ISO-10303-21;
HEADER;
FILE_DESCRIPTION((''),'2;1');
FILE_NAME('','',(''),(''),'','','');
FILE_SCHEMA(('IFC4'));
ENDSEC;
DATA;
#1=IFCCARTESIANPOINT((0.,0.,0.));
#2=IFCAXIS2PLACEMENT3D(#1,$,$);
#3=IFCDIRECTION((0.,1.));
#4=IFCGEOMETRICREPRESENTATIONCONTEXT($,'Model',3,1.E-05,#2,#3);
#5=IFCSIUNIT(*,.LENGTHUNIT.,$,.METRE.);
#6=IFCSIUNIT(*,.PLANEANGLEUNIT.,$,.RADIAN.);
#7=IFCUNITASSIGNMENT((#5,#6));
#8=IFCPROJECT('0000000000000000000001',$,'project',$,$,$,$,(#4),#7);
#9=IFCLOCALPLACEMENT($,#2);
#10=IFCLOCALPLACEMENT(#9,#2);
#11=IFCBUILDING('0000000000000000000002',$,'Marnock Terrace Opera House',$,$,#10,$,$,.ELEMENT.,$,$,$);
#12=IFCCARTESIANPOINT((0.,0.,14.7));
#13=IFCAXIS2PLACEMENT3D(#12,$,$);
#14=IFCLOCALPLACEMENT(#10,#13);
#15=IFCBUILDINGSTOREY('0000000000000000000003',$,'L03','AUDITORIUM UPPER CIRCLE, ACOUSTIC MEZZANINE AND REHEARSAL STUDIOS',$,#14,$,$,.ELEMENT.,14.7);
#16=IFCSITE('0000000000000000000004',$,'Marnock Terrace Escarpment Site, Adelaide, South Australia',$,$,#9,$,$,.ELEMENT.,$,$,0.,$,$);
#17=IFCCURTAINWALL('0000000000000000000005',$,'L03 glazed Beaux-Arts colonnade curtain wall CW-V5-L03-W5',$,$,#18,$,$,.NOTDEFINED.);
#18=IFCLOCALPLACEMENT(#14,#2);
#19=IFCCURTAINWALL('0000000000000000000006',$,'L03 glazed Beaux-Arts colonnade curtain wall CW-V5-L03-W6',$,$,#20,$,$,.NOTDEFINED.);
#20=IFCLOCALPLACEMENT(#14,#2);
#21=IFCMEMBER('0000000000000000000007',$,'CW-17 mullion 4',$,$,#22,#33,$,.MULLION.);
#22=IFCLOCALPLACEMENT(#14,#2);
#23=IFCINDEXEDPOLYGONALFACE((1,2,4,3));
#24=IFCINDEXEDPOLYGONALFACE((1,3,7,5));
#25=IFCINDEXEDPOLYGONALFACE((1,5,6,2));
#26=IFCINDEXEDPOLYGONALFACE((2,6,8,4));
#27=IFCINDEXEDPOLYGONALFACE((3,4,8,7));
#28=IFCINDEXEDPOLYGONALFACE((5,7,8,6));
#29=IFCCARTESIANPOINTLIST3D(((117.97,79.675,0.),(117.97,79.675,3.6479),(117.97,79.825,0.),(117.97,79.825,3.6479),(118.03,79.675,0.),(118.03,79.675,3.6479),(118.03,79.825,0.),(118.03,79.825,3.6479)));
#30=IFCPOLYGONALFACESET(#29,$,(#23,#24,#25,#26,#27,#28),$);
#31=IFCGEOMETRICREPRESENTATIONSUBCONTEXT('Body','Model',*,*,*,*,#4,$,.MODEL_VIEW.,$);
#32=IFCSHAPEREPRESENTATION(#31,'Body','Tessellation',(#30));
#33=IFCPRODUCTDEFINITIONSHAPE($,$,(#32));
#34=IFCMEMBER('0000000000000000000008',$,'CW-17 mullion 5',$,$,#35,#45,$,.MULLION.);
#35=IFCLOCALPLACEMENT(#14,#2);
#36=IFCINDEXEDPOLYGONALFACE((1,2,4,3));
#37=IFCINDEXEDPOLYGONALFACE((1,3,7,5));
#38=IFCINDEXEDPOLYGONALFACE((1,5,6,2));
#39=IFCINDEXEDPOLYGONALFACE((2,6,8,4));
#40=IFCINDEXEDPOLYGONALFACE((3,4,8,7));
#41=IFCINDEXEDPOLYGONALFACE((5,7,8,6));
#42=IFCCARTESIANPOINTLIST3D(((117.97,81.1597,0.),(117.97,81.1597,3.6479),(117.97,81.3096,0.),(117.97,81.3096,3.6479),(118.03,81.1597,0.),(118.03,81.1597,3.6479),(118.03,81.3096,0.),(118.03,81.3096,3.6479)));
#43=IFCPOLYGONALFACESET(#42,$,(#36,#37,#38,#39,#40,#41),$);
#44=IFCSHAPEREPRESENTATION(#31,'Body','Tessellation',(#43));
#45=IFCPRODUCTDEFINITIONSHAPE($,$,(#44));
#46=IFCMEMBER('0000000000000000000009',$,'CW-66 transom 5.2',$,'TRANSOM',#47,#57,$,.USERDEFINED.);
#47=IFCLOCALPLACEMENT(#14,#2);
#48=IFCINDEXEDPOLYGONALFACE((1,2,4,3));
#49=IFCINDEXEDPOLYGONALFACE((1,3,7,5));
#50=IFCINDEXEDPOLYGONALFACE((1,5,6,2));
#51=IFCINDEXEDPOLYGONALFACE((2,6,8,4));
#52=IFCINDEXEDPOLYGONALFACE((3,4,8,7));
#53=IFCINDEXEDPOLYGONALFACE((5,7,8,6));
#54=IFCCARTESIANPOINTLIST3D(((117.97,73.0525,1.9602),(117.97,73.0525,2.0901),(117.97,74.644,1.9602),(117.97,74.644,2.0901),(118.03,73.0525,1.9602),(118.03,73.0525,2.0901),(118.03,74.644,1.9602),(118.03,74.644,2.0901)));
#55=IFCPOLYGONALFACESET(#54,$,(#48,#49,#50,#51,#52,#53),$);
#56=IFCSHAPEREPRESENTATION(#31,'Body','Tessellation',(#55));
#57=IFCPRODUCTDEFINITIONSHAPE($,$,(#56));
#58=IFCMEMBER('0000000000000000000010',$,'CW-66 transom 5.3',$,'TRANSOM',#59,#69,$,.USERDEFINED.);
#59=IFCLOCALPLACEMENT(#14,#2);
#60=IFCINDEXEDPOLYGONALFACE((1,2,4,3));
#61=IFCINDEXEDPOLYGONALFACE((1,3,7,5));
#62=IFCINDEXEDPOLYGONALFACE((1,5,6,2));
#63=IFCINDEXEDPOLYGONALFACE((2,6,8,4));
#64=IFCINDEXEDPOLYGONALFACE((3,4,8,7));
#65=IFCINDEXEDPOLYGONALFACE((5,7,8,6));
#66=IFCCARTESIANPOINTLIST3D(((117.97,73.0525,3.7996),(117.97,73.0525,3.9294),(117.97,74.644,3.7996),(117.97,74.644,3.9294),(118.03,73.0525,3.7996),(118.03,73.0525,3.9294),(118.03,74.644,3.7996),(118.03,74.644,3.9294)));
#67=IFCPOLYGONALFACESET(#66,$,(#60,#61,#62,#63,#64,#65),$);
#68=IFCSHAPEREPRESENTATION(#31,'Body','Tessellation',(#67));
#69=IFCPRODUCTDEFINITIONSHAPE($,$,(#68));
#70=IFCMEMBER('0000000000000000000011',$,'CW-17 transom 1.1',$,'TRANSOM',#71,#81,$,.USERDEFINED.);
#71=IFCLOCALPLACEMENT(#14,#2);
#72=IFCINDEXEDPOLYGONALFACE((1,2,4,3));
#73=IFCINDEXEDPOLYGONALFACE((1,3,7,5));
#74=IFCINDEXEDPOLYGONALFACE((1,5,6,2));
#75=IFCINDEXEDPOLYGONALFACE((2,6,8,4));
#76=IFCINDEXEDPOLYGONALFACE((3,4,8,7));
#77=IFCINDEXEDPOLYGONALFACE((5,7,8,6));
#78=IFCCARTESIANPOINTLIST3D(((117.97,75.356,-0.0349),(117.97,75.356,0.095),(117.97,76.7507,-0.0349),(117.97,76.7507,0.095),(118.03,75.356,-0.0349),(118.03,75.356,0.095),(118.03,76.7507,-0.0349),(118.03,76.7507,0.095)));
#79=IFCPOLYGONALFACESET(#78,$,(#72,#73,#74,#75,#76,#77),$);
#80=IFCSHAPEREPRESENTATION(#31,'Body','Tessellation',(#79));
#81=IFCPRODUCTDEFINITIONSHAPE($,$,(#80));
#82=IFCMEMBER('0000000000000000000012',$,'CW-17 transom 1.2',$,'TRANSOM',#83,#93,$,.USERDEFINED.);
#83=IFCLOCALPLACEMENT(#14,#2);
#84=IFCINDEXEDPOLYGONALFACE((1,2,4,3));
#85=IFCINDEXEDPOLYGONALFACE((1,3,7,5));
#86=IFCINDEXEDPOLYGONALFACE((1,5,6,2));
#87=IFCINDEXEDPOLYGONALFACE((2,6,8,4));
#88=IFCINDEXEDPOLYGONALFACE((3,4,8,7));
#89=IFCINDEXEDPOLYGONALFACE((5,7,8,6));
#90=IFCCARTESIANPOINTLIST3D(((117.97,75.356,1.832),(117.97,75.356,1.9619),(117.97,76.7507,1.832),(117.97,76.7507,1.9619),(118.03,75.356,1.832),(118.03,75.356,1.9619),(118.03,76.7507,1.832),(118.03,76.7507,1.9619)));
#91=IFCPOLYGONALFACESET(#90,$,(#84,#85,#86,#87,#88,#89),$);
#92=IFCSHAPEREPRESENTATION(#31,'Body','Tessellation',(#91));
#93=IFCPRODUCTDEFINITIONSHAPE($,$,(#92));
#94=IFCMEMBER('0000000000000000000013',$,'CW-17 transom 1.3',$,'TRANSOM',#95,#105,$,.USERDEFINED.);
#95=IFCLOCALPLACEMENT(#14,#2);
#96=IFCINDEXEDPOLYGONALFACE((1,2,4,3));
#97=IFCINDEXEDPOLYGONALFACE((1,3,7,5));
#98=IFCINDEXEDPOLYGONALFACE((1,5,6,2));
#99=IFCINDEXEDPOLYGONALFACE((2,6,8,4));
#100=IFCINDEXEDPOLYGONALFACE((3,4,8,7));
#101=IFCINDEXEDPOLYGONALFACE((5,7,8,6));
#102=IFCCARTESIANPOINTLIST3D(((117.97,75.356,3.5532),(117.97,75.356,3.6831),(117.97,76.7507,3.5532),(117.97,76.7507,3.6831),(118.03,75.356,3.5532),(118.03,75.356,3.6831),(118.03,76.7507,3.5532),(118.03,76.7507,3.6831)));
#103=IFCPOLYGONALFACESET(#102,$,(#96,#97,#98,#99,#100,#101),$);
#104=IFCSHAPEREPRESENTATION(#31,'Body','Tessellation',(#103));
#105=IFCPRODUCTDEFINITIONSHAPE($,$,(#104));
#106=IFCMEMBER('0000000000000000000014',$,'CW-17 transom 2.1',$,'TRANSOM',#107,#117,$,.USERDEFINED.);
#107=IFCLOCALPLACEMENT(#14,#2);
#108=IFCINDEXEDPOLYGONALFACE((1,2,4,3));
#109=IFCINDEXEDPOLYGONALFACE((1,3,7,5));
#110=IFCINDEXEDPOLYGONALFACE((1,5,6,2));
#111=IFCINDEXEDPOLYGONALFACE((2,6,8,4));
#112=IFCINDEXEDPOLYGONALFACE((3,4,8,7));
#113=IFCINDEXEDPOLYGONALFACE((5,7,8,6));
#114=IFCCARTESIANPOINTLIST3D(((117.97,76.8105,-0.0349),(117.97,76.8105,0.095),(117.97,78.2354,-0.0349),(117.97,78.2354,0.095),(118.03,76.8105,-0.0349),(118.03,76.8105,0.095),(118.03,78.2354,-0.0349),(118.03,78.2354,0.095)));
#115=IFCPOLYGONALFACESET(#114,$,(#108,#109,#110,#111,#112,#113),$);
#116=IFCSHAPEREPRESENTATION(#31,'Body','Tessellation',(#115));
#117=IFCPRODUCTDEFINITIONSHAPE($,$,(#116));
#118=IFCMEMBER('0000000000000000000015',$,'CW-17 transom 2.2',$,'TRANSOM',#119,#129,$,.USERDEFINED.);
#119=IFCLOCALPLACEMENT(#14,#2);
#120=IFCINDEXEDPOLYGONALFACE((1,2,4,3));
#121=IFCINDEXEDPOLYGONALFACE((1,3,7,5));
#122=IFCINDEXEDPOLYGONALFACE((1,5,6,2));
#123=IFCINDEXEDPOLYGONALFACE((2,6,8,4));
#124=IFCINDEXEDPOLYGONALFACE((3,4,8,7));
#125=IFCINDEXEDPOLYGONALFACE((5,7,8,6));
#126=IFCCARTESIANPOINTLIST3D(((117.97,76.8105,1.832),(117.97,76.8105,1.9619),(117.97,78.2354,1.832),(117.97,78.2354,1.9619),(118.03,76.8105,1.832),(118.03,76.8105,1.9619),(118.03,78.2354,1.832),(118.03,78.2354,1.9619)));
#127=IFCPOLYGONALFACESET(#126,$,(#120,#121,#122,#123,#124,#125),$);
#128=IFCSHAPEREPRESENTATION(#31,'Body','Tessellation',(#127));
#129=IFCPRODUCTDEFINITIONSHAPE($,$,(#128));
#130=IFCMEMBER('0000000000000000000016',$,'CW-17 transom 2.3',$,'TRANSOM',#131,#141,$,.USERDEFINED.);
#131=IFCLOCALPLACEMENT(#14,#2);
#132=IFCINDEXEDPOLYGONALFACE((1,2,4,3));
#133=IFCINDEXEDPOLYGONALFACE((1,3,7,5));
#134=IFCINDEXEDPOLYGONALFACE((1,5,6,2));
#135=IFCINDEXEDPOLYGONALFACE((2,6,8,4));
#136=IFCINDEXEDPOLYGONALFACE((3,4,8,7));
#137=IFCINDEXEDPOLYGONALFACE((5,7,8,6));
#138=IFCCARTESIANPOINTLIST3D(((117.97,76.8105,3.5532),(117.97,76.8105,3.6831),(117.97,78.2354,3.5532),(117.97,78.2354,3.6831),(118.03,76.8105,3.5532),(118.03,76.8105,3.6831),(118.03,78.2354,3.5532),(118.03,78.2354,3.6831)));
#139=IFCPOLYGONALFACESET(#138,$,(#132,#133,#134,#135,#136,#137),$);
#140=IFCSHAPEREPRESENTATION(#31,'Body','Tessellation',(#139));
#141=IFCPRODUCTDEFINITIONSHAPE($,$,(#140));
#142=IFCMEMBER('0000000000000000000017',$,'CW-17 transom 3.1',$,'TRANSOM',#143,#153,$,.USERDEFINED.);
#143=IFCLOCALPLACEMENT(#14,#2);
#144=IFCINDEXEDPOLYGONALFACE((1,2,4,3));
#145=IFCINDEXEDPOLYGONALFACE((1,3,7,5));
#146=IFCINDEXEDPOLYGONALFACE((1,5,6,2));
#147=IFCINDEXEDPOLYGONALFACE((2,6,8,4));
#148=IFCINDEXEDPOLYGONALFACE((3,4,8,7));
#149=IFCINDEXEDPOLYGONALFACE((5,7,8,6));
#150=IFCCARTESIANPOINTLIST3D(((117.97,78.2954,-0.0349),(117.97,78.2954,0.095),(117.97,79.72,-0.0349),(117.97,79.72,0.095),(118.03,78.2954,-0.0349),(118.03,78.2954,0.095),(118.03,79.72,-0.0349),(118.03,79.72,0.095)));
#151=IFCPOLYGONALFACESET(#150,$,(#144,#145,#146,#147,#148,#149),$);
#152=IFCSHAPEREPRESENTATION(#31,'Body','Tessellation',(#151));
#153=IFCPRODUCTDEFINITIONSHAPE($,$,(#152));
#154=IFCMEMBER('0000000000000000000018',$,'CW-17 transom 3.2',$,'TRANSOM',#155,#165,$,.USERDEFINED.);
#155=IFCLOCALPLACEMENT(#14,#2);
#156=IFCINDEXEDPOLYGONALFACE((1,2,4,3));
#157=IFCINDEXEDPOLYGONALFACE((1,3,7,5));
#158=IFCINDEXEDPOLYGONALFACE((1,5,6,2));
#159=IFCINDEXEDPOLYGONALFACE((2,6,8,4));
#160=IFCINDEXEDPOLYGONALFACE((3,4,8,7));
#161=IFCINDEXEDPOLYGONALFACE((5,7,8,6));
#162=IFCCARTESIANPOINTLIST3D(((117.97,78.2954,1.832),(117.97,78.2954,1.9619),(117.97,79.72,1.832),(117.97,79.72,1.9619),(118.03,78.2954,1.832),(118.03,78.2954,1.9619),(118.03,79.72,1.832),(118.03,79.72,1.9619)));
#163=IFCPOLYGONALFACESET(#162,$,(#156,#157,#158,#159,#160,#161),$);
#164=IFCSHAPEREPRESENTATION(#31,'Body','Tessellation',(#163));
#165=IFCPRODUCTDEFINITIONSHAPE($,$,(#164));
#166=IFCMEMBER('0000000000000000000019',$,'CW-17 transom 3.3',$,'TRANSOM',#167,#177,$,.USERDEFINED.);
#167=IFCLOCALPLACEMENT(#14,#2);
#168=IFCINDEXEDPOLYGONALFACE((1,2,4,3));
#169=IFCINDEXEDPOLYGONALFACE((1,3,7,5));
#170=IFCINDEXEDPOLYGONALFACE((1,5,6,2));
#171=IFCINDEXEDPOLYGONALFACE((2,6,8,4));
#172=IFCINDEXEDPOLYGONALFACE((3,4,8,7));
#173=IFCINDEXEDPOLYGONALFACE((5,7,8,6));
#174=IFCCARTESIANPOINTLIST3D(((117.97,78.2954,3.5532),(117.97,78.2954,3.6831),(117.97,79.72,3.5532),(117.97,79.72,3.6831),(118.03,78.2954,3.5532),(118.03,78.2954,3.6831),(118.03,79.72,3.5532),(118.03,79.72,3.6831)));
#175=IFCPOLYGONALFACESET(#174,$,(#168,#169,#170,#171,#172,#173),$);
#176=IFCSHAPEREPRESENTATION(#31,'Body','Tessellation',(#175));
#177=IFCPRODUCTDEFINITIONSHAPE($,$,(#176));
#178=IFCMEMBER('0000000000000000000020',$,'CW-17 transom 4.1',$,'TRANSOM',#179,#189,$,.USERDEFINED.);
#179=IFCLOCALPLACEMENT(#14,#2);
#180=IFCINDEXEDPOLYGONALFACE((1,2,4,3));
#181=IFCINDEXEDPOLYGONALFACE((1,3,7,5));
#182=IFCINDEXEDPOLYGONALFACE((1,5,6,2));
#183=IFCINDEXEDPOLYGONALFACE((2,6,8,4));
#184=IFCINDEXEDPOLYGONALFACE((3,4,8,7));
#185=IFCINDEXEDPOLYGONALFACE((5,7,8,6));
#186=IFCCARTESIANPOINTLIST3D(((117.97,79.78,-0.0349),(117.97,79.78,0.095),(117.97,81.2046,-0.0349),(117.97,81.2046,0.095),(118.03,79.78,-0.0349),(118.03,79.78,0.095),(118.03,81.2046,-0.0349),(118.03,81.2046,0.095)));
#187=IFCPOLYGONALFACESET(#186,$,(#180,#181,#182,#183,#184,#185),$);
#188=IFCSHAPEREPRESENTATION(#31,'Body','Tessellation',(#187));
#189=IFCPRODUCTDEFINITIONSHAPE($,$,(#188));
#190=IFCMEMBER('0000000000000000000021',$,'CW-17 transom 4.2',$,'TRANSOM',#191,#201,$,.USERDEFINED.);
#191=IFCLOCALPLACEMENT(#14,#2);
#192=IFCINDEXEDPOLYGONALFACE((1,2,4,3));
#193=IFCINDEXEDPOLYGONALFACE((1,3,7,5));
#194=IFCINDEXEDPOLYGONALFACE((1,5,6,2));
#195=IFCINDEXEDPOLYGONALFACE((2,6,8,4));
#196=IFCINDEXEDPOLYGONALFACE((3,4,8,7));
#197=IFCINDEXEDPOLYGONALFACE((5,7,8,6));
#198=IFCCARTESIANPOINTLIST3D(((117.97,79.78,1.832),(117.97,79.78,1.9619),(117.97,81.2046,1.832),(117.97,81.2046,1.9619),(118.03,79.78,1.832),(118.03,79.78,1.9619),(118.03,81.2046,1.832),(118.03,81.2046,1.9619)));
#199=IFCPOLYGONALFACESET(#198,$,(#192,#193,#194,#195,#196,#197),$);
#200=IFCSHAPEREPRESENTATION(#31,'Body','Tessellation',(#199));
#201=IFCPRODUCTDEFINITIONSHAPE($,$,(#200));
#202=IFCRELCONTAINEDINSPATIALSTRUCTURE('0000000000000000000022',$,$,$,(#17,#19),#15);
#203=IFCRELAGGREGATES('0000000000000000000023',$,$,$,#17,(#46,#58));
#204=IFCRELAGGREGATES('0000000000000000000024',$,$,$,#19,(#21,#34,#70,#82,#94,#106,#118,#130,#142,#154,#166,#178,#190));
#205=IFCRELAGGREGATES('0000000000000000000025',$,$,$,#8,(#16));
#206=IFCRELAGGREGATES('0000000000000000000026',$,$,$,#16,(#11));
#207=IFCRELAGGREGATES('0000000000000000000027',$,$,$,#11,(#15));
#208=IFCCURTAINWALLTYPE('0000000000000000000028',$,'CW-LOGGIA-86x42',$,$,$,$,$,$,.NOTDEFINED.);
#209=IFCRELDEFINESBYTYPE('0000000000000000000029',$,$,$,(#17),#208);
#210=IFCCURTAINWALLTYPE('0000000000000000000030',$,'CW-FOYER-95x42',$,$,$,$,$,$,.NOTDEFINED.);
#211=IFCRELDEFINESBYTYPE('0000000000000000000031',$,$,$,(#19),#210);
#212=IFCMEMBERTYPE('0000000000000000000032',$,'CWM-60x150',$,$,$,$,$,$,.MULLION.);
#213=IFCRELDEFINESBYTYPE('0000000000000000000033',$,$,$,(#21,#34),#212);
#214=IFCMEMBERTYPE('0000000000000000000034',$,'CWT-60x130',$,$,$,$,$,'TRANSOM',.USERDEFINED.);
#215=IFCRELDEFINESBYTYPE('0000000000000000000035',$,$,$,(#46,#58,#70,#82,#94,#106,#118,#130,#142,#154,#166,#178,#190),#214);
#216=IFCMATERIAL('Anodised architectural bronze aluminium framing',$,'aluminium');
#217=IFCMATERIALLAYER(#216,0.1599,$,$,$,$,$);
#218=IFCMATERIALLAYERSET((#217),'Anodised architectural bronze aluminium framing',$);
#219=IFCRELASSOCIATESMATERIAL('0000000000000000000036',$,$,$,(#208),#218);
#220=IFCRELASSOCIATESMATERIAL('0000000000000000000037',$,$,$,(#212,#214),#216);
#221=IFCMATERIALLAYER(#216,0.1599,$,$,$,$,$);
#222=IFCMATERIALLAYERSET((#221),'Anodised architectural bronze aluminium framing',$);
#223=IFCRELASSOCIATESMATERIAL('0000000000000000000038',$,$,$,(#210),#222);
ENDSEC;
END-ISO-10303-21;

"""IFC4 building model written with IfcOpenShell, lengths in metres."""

from ifc_helpers import new_model, si_unit, direction, frame, origin, origin_2d, place, context, subcontext, project, spatial, rectangle, extrude, material, layer, layer_set, material_profile, profile_set, type_object, element, aggregate, save


model = new_model("IFC4")

# Units and contexts
model_context = context("Model", 3, precision=1e-05, world=origin(), true_north=direction((0.0, 1.0)))
body_context = subcontext(model_context, "Body", "Model", "MODEL_VIEW")
ifc_project = project(units=[si_unit("LENGTHUNIT", "METRE"), si_unit("PLANEANGLEUNIT", "RADIAN")], contexts=[model_context])

# Site, building, storey
site_placement = place(None, origin())
site = spatial("IfcSite", under=ifc_project, at=site_placement, Name="Marnock Terrace Escarpment Site, Adelaide, South Australia", CompositionType="ELEMENT", RefElevation=0.0)
building_placement = place(site_placement, origin())
building = spatial("IfcBuilding", under=site, at=building_placement, Name="Marnock Terrace Opera House", CompositionType="ELEMENT")
storey_placement = place(building_placement, frame((0.0, 0.0, 14.7)))
storey = spatial("IfcBuildingStorey", under=building, at=storey_placement, Name="L03", Description="AUDITORIUM UPPER CIRCLE, ACOUSTIC MEZZANINE AND REHEARSAL STUDIOS", CompositionType="ELEMENT", Elevation=14.7)

# Curtain wall
ifc_material_1 = material(Name="Anodised architectural bronze aluminium framing", Category="aluminium")
ifc_layer_1 = layer(ifc_material_1, 0.1599)
ifc_layer_set_1 = layer_set([ifc_layer_1], Name="Anodised architectural bronze aluminium framing")
curtain_wall_type_1 = type_object("IfcCurtainWallType", Name="CW-LOGGIA-86x42", PredefinedType="NOTDEFINED", material=ifc_layer_set_1)
curtain_wall_1_placement = place(storey_placement, origin())
curtain_wall_1 = element("IfcCurtainWall", 1, at=curtain_wall_1_placement, inside=storey, type_object=curtain_wall_type_1, Name="L03 glazed Beaux-Arts colonnade curtain wall CW-V5-L03-W5", PredefinedType="NOTDEFINED")
ifc_material_profile_1 = material_profile(ifc_material_1, rectangle(XDim=0.0601, YDim=0.1499, at=origin_2d()))
ifc_profile_set_1 = profile_set([ifc_material_profile_1], Name="Anodised architectural bronze aluminium framing")
member_type_1 = type_object("IfcMemberType", Name="CWM-60x150", PredefinedType="MULLION", material=ifc_profile_set_1)

# Curtain wall, members
ifc_layer_2 = layer(ifc_material_1, 0.1599)
ifc_layer_set_2 = layer_set([ifc_layer_2], Name="Anodised architectural bronze aluminium framing")
curtain_wall_type_2 = type_object("IfcCurtainWallType", Name="CW-FOYER-95x42", PredefinedType="NOTDEFINED", material=ifc_layer_set_2)
curtain_wall_2_placement = place(storey_placement, origin())
curtain_wall_2 = element("IfcCurtainWall", 2, at=curtain_wall_2_placement, inside=storey, type_object=curtain_wall_type_2, Name="L03 glazed Beaux-Arts colonnade curtain wall CW-V5-L03-W6", PredefinedType="NOTDEFINED")
member_1_placement = place(storey_placement, frame((118.0, 79.75, 0.0), z_axis=(0.0, 0.0, 1.0), x_axis=(-1.0, 0.0, 0.0)))
member_1 = element("IfcMember", 3, at=member_1_placement, type_object=member_type_1, Name="CW-17 mullion 4", PredefinedType="MULLION", context=body_context, shape_type="SweptSolid", body=[
    extrude(rectangle(XDim=0.0601, YDim=0.1499, at=origin_2d()), origin(), (0.0, 0.0, 1.0), 3.6479),
])
member_2_placement = place(storey_placement, frame((118.0, 81.2346, 0.0), z_axis=(0.0, 0.0, 1.0), x_axis=(-1.0, 0.0, 0.0)))
member_2 = element("IfcMember", 4, at=member_2_placement, type_object=member_type_1, Name="CW-17 mullion 5", PredefinedType="MULLION", context=body_context, shape_type="SweptSolid", body=[
    extrude(rectangle(XDim=0.0601, YDim=0.1499, at=origin_2d()), origin(), (0.0, 0.0, 1.0), 3.6479),
])

# Members
ifc_material_profile_2 = material_profile(ifc_material_1, rectangle(XDim=0.0601, YDim=0.1299, at=origin_2d()))
ifc_profile_set_2 = profile_set([ifc_material_profile_2], Name="Anodised architectural bronze aluminium framing")
member_type_2 = type_object("IfcMemberType", Name="CWT-60x130", ElementType="TRANSOM", PredefinedType="USERDEFINED", material=ifc_profile_set_2)
member_3_placement = place(storey_placement, frame((118.0, 73.0525, 2.0251), z_axis=(0.0, 1.0, 0.0), x_axis=(-1.0, 0.0, 0.0)))
member_3 = element("IfcMember", 5, at=member_3_placement, type_object=member_type_2, Name="CW-66 transom 5.2", ObjectType="TRANSOM", PredefinedType="USERDEFINED", context=body_context, shape_type="SweptSolid", body=[
    extrude(rectangle(XDim=0.0601, YDim=0.1299, at=origin_2d()), origin(), (0.0, 0.0, 1.0), 1.5916),
])
member_4_placement = place(storey_placement, frame((118.0, 73.0525, 3.8645), z_axis=(0.0, 1.0, 0.0), x_axis=(-1.0, 0.0, 0.0)))
member_4 = element("IfcMember", 6, at=member_4_placement, type_object=member_type_2, Name="CW-66 transom 5.3", ObjectType="TRANSOM", PredefinedType="USERDEFINED", context=body_context, shape_type="SweptSolid", body=[
    extrude(rectangle(XDim=0.0601, YDim=0.1299, at=origin_2d()), origin(), (0.0, 0.0, 1.0), 1.5916),
])
member_5_placement = place(storey_placement, frame((118.0, 75.356, 0.03), z_axis=(0.0, 1.0, 0.0), x_axis=(-1.0, 0.0, 0.0)))
member_5 = element("IfcMember", 7, at=member_5_placement, type_object=member_type_2, Name="CW-17 transom 1.1", ObjectType="TRANSOM", PredefinedType="USERDEFINED", context=body_context, shape_type="SweptSolid", body=[
    extrude(rectangle(XDim=0.0601, YDim=0.1299, at=origin_2d()), origin(), (0.0, 0.0, 1.0), 1.3948),
])
member_6_placement = place(storey_placement, frame((118.0, 75.356, 1.897), z_axis=(0.0, 1.0, 0.0), x_axis=(-1.0, 0.0, 0.0)))
member_6 = element("IfcMember", 8, at=member_6_placement, type_object=member_type_2, Name="CW-17 transom 1.2", ObjectType="TRANSOM", PredefinedType="USERDEFINED", context=body_context, shape_type="SweptSolid", body=[
    extrude(rectangle(XDim=0.0601, YDim=0.1299, at=origin_2d()), origin(), (0.0, 0.0, 1.0), 1.3948),
])
member_7_placement = place(storey_placement, frame((118.0, 75.356, 3.6182), z_axis=(0.0, 1.0, 0.0), x_axis=(-1.0, 0.0, 0.0)))
member_7 = element("IfcMember", 9, at=member_7_placement, type_object=member_type_2, Name="CW-17 transom 1.3", ObjectType="TRANSOM", PredefinedType="USERDEFINED", context=body_context, shape_type="SweptSolid", body=[
    extrude(rectangle(XDim=0.0601, YDim=0.1299, at=origin_2d()), origin(), (0.0, 0.0, 1.0), 1.3948),
])
member_8_placement = place(storey_placement, frame((118.0, 76.8105, 0.03), z_axis=(0.0, 1.0, 0.0), x_axis=(-1.0, 0.0, 0.0)))
member_8 = element("IfcMember", 10, at=member_8_placement, type_object=member_type_2, Name="CW-17 transom 2.1", ObjectType="TRANSOM", PredefinedType="USERDEFINED", context=body_context, shape_type="SweptSolid", body=[
    extrude(rectangle(XDim=0.0601, YDim=0.1299, at=origin_2d()), origin(), (0.0, 0.0, 1.0), 1.4248),
])
member_9_placement = place(storey_placement, frame((118.0, 76.8105, 1.897), z_axis=(0.0, 1.0, 0.0), x_axis=(-1.0, 0.0, 0.0)))
member_9 = element("IfcMember", 11, at=member_9_placement, type_object=member_type_2, Name="CW-17 transom 2.2", ObjectType="TRANSOM", PredefinedType="USERDEFINED", context=body_context, shape_type="SweptSolid", body=[
    extrude(rectangle(XDim=0.0601, YDim=0.1299, at=origin_2d()), origin(), (0.0, 0.0, 1.0), 1.4248),
])
member_10_placement = place(storey_placement, frame((118.0, 76.8105, 3.6182), z_axis=(0.0, 1.0, 0.0), x_axis=(-1.0, 0.0, 0.0)))
member_10 = element("IfcMember", 12, at=member_10_placement, type_object=member_type_2, Name="CW-17 transom 2.3", ObjectType="TRANSOM", PredefinedType="USERDEFINED", context=body_context, shape_type="SweptSolid", body=[
    extrude(rectangle(XDim=0.0601, YDim=0.1299, at=origin_2d()), origin(), (0.0, 0.0, 1.0), 1.4248),
])
member_11_placement = place(storey_placement, frame((118.0, 78.2954, 0.03), z_axis=(0.0, 1.0, 0.0), x_axis=(-1.0, 0.0, 0.0)))
member_11 = element("IfcMember", 13, at=member_11_placement, type_object=member_type_2, Name="CW-17 transom 3.1", ObjectType="TRANSOM", PredefinedType="USERDEFINED", context=body_context, shape_type="SweptSolid", body=[
    extrude(rectangle(XDim=0.0601, YDim=0.1299, at=origin_2d()), origin(), (0.0, 0.0, 1.0), 1.4246),
])
member_12_placement = place(storey_placement, frame((118.0, 78.2954, 1.897), z_axis=(0.0, 1.0, 0.0), x_axis=(-1.0, 0.0, 0.0)))
member_12 = element("IfcMember", 14, at=member_12_placement, type_object=member_type_2, Name="CW-17 transom 3.2", ObjectType="TRANSOM", PredefinedType="USERDEFINED", context=body_context, shape_type="SweptSolid", body=[
    extrude(rectangle(XDim=0.0601, YDim=0.1299, at=origin_2d()), origin(), (0.0, 0.0, 1.0), 1.4246),
])
member_13_placement = place(storey_placement, frame((118.0, 78.2954, 3.6182), z_axis=(0.0, 1.0, 0.0), x_axis=(-1.0, 0.0, 0.0)))
member_13 = element("IfcMember", 15, at=member_13_placement, type_object=member_type_2, Name="CW-17 transom 3.3", ObjectType="TRANSOM", PredefinedType="USERDEFINED", context=body_context, shape_type="SweptSolid", body=[
    extrude(rectangle(XDim=0.0601, YDim=0.1299, at=origin_2d()), origin(), (0.0, 0.0, 1.0), 1.4246),
])
member_14_placement = place(storey_placement, frame((118.0, 79.78, 0.03), z_axis=(0.0, 1.0, 0.0), x_axis=(-1.0, 0.0, 0.0)))
member_14 = element("IfcMember", 16, at=member_14_placement, type_object=member_type_2, Name="CW-17 transom 4.1", ObjectType="TRANSOM", PredefinedType="USERDEFINED", context=body_context, shape_type="SweptSolid", body=[
    extrude(rectangle(XDim=0.0601, YDim=0.1299, at=origin_2d()), origin(), (0.0, 0.0, 1.0), 1.4246),
])
member_15_placement = place(storey_placement, frame((118.0, 79.78, 1.897), z_axis=(0.0, 1.0, 0.0), x_axis=(-1.0, 0.0, 0.0)))
member_15 = element("IfcMember", 17, at=member_15_placement, type_object=member_type_2, Name="CW-17 transom 4.2", ObjectType="TRANSOM", PredefinedType="USERDEFINED", context=body_context, shape_type="SweptSolid", body=[
    extrude(rectangle(XDim=0.0601, YDim=0.1299, at=origin_2d()), origin(), (0.0, 0.0, 1.0), 1.4246),
])

aggregate(curtain_wall_1, [member_3, member_4])
aggregate(curtain_wall_2, [member_1, member_2, member_5, member_6, member_7, member_8, member_9, member_10, member_11, member_12, member_13, member_14, member_15])

save(model, "model.ifc")
